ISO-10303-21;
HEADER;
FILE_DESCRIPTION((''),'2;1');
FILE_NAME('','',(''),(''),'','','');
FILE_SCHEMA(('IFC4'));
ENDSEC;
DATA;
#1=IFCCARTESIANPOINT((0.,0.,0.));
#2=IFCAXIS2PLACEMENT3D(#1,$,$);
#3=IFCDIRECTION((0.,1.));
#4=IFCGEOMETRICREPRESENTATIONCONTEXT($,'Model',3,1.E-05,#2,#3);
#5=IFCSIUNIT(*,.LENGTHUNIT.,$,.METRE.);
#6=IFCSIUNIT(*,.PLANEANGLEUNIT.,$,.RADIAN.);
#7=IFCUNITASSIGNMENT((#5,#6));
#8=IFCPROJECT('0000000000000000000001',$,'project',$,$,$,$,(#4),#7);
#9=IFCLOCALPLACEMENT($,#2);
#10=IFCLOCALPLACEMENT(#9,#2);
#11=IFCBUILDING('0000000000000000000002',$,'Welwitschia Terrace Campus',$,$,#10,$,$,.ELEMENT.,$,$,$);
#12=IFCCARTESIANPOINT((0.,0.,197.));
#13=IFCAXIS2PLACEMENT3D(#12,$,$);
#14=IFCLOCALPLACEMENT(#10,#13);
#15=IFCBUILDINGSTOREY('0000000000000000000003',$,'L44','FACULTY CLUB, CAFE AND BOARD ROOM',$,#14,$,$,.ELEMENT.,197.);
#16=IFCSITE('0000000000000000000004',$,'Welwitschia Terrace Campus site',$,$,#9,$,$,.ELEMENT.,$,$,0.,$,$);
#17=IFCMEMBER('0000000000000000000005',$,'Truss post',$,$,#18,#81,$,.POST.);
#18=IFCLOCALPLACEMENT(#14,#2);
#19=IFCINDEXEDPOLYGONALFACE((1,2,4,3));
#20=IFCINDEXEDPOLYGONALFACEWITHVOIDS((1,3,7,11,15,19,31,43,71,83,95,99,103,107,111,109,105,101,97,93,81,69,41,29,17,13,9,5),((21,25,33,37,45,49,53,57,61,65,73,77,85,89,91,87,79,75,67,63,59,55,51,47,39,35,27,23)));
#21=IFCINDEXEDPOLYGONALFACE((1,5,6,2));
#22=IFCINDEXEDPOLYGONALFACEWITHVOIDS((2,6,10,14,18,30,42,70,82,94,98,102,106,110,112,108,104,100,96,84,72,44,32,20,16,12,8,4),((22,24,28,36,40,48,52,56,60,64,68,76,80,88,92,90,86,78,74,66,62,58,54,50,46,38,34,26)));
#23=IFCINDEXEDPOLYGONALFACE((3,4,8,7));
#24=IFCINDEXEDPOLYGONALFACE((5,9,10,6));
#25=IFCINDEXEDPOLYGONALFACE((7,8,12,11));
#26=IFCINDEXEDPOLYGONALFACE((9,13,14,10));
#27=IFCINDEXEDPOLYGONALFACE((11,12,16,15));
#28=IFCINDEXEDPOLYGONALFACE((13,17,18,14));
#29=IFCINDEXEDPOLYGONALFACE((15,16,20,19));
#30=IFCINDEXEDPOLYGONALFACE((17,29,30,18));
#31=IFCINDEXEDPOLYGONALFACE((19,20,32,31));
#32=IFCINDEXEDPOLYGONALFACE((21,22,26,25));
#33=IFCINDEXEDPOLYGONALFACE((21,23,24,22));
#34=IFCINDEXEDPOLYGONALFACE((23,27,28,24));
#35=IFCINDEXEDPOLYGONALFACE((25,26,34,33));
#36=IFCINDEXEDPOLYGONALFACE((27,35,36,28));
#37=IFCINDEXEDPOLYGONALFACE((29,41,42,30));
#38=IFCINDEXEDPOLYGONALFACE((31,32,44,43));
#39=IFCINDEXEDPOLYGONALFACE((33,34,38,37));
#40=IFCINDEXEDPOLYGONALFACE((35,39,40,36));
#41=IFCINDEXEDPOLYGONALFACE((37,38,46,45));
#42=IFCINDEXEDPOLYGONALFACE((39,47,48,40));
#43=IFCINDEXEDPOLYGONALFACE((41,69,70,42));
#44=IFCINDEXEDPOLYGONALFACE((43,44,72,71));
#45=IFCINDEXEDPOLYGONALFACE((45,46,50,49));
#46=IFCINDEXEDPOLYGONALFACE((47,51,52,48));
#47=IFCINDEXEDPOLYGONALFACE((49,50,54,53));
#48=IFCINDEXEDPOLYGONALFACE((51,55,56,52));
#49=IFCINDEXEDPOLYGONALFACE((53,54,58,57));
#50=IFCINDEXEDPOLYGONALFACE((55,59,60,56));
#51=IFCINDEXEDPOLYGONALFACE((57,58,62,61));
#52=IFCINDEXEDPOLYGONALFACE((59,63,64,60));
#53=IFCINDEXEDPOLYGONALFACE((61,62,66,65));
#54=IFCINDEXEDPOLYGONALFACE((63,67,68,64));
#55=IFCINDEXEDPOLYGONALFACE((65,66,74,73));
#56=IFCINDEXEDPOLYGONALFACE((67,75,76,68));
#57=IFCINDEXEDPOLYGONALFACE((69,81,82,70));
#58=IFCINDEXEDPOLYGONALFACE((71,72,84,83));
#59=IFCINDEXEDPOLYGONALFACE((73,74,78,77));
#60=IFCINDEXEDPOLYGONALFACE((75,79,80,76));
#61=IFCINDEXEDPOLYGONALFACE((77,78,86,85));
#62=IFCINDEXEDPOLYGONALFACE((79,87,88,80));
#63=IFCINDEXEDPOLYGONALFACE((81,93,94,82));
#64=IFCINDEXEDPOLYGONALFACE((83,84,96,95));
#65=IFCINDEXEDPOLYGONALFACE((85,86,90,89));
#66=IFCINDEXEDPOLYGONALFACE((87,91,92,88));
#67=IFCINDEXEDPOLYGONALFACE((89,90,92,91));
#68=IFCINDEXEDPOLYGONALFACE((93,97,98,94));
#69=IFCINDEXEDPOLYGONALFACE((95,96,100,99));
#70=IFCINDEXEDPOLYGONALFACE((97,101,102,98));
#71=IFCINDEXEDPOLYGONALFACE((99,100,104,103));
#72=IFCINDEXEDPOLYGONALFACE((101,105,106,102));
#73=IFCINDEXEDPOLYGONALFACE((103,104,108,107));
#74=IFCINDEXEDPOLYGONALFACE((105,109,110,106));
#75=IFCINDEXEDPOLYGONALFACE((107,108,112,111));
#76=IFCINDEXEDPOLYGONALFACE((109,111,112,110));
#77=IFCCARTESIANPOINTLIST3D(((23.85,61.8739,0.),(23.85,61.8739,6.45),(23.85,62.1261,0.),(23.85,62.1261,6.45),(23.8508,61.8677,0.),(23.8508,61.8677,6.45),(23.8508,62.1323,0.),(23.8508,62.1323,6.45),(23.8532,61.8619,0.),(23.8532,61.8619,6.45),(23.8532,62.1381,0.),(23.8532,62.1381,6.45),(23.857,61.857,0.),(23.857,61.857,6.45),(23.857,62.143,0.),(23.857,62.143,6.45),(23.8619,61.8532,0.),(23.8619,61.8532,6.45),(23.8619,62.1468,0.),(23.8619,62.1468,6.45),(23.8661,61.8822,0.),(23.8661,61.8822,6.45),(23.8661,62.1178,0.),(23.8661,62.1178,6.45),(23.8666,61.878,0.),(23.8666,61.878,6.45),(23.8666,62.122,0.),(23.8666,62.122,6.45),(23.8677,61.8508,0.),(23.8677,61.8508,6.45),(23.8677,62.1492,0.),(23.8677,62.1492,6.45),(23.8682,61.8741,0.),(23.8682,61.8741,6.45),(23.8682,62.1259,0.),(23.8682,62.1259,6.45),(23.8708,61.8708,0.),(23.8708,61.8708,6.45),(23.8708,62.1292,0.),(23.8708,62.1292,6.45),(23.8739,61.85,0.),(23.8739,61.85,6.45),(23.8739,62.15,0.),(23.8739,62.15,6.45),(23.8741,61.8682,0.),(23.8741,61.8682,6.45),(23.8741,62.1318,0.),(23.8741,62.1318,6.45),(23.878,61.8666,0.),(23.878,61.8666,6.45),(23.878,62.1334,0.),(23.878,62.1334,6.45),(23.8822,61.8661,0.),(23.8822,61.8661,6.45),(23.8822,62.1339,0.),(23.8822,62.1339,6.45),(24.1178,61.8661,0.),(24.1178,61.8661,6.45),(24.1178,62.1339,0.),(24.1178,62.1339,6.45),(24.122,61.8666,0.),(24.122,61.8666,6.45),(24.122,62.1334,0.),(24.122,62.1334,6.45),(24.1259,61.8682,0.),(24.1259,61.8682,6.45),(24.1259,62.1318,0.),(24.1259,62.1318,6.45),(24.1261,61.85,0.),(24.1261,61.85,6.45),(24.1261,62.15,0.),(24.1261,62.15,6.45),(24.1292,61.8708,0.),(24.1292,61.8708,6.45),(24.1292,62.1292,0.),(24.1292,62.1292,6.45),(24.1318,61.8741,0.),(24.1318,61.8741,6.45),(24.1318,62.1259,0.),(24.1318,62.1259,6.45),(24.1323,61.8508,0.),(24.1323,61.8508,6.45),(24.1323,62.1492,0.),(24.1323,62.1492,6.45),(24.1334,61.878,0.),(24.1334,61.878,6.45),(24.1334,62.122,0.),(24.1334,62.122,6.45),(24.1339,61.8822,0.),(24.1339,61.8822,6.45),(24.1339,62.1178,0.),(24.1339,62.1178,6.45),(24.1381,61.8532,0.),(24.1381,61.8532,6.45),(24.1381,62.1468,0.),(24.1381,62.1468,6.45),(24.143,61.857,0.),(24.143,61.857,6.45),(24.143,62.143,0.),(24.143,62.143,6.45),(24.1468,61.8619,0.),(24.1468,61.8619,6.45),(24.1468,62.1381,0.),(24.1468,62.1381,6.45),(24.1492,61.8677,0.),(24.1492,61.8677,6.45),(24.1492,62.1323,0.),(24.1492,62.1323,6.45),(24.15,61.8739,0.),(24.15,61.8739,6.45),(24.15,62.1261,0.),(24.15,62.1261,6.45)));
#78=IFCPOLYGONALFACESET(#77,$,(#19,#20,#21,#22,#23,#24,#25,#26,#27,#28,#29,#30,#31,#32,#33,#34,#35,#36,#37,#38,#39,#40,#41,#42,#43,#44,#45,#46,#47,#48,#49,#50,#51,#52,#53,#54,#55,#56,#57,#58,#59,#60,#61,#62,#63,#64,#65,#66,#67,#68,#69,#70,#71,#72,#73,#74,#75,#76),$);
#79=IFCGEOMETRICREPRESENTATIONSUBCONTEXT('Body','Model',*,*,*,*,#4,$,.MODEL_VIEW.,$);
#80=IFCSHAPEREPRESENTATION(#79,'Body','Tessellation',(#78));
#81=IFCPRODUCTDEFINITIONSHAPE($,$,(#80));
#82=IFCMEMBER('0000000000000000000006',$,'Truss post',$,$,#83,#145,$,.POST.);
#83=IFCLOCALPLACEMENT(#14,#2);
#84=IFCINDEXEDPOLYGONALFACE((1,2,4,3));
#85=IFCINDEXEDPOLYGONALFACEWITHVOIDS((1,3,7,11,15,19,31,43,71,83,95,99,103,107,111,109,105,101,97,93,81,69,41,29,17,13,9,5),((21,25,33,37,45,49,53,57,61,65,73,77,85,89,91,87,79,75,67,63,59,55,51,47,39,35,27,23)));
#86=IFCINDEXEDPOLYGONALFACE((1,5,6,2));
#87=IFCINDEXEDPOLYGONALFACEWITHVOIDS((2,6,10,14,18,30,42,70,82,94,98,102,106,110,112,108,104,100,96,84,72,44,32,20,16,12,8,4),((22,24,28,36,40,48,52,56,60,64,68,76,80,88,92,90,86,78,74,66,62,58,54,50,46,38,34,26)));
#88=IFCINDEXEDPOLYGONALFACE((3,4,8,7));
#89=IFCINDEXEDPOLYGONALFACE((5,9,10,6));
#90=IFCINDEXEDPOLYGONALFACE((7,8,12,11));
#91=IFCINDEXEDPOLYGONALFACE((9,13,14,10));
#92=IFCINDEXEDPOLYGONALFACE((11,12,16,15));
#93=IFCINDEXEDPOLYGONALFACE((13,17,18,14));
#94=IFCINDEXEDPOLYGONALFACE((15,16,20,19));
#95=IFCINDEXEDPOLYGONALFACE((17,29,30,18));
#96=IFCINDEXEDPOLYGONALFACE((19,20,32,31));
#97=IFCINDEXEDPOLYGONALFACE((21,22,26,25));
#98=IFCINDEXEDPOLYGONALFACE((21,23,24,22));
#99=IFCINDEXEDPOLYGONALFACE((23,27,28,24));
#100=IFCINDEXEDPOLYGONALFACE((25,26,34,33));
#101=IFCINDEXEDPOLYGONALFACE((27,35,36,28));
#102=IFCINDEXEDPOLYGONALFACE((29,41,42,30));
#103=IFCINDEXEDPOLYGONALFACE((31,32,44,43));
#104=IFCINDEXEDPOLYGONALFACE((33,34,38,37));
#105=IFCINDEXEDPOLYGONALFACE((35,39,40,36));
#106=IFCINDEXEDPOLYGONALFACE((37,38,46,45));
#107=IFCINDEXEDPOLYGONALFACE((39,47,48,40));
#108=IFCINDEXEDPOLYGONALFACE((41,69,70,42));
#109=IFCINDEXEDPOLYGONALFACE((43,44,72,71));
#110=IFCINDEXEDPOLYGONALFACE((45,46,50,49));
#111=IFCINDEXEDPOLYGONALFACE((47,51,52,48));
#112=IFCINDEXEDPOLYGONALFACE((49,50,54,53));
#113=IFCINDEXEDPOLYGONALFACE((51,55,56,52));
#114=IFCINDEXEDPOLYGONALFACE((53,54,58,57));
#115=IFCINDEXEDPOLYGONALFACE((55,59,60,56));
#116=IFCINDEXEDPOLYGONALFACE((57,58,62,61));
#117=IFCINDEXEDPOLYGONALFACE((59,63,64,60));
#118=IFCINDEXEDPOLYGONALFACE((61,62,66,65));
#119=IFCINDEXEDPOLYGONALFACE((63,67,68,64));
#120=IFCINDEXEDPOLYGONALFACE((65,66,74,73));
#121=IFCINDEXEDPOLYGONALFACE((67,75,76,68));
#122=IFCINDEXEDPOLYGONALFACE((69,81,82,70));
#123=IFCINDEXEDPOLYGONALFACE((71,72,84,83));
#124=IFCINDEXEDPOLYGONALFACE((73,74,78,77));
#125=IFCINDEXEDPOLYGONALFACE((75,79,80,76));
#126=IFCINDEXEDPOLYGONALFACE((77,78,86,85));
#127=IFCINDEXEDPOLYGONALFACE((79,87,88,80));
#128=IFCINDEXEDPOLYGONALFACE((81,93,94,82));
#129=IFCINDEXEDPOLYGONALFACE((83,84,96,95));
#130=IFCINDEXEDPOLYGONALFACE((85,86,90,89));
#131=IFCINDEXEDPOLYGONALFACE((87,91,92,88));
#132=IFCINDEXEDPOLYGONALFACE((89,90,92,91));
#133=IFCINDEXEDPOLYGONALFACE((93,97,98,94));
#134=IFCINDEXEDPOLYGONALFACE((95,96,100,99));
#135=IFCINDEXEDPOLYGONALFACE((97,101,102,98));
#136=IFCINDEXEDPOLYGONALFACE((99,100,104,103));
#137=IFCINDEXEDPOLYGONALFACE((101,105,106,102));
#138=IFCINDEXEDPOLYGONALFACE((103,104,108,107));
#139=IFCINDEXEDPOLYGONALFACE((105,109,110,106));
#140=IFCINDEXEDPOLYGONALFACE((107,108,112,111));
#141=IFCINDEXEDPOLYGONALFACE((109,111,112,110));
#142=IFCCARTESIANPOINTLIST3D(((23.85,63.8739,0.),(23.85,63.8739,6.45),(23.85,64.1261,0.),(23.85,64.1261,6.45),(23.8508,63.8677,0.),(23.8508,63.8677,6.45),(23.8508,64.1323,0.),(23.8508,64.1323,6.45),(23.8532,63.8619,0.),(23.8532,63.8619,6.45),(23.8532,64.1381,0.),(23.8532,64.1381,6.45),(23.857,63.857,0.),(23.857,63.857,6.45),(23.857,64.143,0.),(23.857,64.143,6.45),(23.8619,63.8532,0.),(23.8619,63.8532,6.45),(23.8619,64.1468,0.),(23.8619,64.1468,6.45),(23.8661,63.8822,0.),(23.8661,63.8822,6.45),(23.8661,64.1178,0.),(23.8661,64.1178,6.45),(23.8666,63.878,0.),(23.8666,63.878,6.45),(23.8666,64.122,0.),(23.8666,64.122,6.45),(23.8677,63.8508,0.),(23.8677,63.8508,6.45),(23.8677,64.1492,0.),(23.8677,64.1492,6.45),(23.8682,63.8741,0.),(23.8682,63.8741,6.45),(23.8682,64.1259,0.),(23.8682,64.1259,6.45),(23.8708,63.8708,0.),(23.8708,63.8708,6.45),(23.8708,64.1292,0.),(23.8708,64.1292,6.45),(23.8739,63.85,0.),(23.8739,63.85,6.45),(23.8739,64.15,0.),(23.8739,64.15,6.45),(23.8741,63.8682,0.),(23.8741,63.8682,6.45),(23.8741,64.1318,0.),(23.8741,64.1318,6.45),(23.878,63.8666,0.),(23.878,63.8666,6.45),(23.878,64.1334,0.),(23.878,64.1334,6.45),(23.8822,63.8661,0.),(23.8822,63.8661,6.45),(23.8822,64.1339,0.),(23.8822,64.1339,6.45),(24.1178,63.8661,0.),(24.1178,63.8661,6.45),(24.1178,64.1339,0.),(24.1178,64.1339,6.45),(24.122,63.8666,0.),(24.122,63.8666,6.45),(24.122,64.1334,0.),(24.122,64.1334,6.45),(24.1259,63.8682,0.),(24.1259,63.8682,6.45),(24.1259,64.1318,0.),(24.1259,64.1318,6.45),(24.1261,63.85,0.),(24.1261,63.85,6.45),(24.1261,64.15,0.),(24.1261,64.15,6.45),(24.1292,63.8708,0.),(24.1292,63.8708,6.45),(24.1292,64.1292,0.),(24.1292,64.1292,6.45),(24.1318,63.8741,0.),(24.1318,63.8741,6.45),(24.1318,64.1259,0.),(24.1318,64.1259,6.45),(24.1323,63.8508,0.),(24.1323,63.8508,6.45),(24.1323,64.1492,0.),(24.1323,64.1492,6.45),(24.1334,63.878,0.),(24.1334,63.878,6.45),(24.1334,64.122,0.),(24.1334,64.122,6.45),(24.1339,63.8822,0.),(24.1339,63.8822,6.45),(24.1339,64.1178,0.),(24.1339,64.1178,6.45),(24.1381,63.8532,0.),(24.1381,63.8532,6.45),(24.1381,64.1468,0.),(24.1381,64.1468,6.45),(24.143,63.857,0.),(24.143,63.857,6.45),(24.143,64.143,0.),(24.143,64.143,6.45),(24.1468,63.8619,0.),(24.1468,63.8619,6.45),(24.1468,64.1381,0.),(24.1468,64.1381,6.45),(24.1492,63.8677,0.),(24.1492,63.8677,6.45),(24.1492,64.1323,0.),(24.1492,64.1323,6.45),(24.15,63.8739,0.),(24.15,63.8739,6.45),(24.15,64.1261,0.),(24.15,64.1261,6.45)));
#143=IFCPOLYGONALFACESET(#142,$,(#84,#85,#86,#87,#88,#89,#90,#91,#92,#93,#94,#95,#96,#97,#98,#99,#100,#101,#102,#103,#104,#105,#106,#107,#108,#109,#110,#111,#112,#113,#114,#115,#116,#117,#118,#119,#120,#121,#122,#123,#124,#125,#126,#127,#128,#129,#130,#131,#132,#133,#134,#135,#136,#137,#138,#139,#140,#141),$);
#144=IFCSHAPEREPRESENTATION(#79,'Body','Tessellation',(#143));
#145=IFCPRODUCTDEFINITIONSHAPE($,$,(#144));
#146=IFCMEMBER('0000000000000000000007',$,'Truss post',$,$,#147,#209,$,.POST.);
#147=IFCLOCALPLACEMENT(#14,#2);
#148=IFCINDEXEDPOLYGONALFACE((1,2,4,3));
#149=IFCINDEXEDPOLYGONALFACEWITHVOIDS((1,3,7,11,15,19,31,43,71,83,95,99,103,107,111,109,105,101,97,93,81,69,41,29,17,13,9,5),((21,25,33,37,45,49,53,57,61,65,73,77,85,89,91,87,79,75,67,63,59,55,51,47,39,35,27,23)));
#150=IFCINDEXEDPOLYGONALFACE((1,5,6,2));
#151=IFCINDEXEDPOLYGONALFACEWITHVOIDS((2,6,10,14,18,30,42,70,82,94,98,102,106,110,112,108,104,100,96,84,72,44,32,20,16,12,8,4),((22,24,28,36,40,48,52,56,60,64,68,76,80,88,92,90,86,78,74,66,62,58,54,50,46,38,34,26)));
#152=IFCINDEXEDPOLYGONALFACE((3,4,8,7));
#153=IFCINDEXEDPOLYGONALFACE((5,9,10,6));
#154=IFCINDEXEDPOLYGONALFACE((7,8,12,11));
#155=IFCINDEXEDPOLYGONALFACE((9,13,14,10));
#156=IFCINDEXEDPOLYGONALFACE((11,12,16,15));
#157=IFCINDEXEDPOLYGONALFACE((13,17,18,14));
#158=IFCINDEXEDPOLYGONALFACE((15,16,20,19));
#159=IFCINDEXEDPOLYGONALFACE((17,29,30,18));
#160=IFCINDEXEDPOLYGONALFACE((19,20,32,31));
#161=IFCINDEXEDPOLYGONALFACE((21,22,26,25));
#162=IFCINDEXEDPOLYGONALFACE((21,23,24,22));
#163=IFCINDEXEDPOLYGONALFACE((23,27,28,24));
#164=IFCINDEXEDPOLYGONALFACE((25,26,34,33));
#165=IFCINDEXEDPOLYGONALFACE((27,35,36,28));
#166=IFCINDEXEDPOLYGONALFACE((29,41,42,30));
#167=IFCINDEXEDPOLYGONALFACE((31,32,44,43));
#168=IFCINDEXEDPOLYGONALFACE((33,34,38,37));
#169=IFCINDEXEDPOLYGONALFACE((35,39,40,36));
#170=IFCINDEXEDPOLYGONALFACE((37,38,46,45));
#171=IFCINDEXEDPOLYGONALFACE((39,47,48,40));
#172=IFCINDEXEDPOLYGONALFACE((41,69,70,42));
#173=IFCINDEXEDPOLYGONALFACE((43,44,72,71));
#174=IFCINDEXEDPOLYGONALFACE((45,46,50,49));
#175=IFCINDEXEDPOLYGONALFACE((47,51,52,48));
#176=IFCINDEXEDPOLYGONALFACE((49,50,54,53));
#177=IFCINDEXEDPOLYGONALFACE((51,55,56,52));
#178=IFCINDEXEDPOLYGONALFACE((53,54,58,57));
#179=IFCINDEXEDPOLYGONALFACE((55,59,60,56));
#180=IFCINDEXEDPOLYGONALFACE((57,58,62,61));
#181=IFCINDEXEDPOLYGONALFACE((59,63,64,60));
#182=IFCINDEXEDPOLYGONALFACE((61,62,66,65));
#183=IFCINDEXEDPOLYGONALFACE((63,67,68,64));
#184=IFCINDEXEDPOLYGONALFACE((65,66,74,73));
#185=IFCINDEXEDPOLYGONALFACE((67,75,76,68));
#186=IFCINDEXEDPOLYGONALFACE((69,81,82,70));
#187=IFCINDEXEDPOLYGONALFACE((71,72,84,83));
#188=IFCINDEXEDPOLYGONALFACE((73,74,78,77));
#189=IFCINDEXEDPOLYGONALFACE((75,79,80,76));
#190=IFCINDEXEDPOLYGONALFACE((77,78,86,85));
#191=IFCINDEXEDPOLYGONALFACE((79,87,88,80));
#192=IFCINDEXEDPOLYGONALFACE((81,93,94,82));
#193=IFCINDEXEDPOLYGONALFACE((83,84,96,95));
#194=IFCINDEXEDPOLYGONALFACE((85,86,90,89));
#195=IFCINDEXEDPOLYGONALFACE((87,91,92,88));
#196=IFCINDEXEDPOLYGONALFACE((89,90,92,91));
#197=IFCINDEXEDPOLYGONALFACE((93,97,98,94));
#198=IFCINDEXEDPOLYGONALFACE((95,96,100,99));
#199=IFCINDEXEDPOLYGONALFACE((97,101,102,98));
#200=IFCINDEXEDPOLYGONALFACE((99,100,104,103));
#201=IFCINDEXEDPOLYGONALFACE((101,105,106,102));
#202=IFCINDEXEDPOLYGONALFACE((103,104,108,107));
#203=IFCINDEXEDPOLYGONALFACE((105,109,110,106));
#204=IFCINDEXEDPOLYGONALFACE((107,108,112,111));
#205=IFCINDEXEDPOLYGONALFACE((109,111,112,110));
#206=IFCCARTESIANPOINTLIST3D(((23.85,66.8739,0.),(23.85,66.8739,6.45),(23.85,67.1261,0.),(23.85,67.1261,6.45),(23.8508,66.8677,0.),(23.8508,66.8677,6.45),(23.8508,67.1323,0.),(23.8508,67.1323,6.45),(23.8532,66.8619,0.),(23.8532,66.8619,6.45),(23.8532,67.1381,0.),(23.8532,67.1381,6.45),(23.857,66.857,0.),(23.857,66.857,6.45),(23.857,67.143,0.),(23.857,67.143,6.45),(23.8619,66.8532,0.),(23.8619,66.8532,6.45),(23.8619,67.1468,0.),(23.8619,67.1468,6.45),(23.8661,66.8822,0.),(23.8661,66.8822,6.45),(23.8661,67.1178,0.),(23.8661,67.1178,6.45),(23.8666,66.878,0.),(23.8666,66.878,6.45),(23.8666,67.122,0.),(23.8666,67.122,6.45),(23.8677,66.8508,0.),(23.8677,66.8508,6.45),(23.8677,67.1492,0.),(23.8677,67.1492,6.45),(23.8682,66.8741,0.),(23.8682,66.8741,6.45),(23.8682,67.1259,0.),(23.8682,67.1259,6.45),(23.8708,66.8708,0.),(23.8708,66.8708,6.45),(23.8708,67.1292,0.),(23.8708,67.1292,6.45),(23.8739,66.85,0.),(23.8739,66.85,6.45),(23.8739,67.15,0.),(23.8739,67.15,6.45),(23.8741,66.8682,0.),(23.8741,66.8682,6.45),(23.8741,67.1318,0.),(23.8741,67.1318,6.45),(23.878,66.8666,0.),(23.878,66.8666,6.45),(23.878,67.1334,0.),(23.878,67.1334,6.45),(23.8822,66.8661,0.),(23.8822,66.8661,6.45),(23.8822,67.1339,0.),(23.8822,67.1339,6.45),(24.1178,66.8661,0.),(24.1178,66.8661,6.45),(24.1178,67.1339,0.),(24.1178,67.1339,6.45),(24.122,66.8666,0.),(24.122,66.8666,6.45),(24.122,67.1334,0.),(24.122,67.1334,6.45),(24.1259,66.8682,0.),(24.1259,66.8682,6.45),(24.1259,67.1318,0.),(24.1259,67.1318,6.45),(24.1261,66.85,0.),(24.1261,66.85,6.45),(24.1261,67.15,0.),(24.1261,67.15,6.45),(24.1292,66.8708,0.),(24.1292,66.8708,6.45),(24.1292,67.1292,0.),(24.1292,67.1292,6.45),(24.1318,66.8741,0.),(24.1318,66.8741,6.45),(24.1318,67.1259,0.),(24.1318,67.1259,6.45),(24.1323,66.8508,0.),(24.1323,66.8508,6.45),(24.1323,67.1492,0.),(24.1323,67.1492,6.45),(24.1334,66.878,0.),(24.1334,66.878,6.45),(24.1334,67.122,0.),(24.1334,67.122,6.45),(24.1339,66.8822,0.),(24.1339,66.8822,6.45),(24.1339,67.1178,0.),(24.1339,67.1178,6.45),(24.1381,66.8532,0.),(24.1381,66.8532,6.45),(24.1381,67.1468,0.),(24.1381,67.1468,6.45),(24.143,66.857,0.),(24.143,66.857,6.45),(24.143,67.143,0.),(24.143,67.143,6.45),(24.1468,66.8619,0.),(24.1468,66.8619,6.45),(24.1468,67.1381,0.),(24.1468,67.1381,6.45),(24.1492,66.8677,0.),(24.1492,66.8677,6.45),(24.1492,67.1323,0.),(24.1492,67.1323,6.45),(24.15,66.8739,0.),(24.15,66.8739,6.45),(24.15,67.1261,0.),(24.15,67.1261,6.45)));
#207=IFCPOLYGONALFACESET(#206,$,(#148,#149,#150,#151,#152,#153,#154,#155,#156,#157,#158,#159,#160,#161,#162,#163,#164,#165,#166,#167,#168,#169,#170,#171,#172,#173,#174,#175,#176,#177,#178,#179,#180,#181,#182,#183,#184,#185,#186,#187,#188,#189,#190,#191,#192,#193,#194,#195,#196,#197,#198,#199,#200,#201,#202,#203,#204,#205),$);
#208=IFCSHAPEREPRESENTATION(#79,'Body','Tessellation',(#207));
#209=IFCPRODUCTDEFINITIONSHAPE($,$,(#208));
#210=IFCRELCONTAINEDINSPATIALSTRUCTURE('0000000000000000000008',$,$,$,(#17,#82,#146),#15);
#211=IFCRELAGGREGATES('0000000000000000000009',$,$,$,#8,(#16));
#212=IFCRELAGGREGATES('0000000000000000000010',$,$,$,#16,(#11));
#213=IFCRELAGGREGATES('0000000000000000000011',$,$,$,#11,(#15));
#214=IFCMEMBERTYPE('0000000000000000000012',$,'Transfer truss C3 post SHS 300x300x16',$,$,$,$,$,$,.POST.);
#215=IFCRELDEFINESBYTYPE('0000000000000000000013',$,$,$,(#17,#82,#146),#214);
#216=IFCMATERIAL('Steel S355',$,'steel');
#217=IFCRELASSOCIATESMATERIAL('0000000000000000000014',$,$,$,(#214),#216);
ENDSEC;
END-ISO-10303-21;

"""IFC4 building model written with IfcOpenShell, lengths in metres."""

from ifc_helpers import new_model, si_unit, direction, frame, origin, origin_2d, place, context, subcontext, project, spatial, hollow_rectangle, extrude, material, material_profile, profile_set, type_object, element, save


model = new_model("IFC4")

# Units and contexts
model_context = context("Model", 3, precision=1e-05, world=origin(), true_north=direction((0.0, 1.0)))
body_context = subcontext(model_context, "Body", "Model", "MODEL_VIEW")
ifc_project = project(units=[si_unit("LENGTHUNIT", "METRE"), si_unit("PLANEANGLEUNIT", "RADIAN")], contexts=[model_context])

# Site, building, storey
site_placement = place(None, origin())
site = spatial("IfcSite", under=ifc_project, at=site_placement, Name="Welwitschia Terrace Campus site", CompositionType="ELEMENT", RefElevation=0.0)
building_placement = place(site_placement, origin())
building = spatial("IfcBuilding", under=site, at=building_placement, Name="Welwitschia Terrace Campus", CompositionType="ELEMENT")
storey_placement = place(building_placement, frame((0.0, 0.0, 197.0)))
storey = spatial("IfcBuildingStorey", under=building, at=storey_placement, Name="L44", Description="FACULTY CLUB, CAFE AND BOARD ROOM", CompositionType="ELEMENT", Elevation=197.0)

# Members
ifc_material_1 = material(Name="Steel S355", Category="steel")
ifc_material_profile_1 = material_profile(ifc_material_1, hollow_rectangle(XDim=0.3, YDim=0.3, WallThickness=0.0161, InnerFilletRadius=0.0161, OuterFilletRadius=0.0239, at=origin_2d()))
ifc_profile_set_1 = profile_set([ifc_material_profile_1], Name="Steel S355")
member_type_1 = type_object("IfcMemberType", Name="Transfer truss C3 post SHS 300x300x16", PredefinedType="POST", material=ifc_profile_set_1)
for number, where, z_axis, x_axis, name in (
    (1, (24.0, 62.0, 0.0), (0.0, 0.0, 1.0), (1.0, 0.0, 0.0), "Truss post"),
    (2, (24.0, 64.0, 0.0), (0.0, 0.0, 1.0), (1.0, 0.0, 0.0), "Truss post"),
    (3, (24.0, 67.0, 0.0), (0.0, 0.0, 1.0), (1.0, 0.0, 0.0), "Truss post"),
):
    element("IfcMember", number, at=place(storey_placement, frame(where, z_axis=z_axis, x_axis=x_axis)), inside=storey, type_object=member_type_1, Name=name, PredefinedType="POST", context=body_context, shape_type="SweptSolid", body=[
        extrude(hollow_rectangle(XDim=0.3, YDim=0.3, WallThickness=0.0161, InnerFilletRadius=0.0161, OuterFilletRadius=0.0239, at=origin_2d()), origin(), (0.0, 0.0, 1.0), 6.45),
    ])

save(model, "model.ifc")
